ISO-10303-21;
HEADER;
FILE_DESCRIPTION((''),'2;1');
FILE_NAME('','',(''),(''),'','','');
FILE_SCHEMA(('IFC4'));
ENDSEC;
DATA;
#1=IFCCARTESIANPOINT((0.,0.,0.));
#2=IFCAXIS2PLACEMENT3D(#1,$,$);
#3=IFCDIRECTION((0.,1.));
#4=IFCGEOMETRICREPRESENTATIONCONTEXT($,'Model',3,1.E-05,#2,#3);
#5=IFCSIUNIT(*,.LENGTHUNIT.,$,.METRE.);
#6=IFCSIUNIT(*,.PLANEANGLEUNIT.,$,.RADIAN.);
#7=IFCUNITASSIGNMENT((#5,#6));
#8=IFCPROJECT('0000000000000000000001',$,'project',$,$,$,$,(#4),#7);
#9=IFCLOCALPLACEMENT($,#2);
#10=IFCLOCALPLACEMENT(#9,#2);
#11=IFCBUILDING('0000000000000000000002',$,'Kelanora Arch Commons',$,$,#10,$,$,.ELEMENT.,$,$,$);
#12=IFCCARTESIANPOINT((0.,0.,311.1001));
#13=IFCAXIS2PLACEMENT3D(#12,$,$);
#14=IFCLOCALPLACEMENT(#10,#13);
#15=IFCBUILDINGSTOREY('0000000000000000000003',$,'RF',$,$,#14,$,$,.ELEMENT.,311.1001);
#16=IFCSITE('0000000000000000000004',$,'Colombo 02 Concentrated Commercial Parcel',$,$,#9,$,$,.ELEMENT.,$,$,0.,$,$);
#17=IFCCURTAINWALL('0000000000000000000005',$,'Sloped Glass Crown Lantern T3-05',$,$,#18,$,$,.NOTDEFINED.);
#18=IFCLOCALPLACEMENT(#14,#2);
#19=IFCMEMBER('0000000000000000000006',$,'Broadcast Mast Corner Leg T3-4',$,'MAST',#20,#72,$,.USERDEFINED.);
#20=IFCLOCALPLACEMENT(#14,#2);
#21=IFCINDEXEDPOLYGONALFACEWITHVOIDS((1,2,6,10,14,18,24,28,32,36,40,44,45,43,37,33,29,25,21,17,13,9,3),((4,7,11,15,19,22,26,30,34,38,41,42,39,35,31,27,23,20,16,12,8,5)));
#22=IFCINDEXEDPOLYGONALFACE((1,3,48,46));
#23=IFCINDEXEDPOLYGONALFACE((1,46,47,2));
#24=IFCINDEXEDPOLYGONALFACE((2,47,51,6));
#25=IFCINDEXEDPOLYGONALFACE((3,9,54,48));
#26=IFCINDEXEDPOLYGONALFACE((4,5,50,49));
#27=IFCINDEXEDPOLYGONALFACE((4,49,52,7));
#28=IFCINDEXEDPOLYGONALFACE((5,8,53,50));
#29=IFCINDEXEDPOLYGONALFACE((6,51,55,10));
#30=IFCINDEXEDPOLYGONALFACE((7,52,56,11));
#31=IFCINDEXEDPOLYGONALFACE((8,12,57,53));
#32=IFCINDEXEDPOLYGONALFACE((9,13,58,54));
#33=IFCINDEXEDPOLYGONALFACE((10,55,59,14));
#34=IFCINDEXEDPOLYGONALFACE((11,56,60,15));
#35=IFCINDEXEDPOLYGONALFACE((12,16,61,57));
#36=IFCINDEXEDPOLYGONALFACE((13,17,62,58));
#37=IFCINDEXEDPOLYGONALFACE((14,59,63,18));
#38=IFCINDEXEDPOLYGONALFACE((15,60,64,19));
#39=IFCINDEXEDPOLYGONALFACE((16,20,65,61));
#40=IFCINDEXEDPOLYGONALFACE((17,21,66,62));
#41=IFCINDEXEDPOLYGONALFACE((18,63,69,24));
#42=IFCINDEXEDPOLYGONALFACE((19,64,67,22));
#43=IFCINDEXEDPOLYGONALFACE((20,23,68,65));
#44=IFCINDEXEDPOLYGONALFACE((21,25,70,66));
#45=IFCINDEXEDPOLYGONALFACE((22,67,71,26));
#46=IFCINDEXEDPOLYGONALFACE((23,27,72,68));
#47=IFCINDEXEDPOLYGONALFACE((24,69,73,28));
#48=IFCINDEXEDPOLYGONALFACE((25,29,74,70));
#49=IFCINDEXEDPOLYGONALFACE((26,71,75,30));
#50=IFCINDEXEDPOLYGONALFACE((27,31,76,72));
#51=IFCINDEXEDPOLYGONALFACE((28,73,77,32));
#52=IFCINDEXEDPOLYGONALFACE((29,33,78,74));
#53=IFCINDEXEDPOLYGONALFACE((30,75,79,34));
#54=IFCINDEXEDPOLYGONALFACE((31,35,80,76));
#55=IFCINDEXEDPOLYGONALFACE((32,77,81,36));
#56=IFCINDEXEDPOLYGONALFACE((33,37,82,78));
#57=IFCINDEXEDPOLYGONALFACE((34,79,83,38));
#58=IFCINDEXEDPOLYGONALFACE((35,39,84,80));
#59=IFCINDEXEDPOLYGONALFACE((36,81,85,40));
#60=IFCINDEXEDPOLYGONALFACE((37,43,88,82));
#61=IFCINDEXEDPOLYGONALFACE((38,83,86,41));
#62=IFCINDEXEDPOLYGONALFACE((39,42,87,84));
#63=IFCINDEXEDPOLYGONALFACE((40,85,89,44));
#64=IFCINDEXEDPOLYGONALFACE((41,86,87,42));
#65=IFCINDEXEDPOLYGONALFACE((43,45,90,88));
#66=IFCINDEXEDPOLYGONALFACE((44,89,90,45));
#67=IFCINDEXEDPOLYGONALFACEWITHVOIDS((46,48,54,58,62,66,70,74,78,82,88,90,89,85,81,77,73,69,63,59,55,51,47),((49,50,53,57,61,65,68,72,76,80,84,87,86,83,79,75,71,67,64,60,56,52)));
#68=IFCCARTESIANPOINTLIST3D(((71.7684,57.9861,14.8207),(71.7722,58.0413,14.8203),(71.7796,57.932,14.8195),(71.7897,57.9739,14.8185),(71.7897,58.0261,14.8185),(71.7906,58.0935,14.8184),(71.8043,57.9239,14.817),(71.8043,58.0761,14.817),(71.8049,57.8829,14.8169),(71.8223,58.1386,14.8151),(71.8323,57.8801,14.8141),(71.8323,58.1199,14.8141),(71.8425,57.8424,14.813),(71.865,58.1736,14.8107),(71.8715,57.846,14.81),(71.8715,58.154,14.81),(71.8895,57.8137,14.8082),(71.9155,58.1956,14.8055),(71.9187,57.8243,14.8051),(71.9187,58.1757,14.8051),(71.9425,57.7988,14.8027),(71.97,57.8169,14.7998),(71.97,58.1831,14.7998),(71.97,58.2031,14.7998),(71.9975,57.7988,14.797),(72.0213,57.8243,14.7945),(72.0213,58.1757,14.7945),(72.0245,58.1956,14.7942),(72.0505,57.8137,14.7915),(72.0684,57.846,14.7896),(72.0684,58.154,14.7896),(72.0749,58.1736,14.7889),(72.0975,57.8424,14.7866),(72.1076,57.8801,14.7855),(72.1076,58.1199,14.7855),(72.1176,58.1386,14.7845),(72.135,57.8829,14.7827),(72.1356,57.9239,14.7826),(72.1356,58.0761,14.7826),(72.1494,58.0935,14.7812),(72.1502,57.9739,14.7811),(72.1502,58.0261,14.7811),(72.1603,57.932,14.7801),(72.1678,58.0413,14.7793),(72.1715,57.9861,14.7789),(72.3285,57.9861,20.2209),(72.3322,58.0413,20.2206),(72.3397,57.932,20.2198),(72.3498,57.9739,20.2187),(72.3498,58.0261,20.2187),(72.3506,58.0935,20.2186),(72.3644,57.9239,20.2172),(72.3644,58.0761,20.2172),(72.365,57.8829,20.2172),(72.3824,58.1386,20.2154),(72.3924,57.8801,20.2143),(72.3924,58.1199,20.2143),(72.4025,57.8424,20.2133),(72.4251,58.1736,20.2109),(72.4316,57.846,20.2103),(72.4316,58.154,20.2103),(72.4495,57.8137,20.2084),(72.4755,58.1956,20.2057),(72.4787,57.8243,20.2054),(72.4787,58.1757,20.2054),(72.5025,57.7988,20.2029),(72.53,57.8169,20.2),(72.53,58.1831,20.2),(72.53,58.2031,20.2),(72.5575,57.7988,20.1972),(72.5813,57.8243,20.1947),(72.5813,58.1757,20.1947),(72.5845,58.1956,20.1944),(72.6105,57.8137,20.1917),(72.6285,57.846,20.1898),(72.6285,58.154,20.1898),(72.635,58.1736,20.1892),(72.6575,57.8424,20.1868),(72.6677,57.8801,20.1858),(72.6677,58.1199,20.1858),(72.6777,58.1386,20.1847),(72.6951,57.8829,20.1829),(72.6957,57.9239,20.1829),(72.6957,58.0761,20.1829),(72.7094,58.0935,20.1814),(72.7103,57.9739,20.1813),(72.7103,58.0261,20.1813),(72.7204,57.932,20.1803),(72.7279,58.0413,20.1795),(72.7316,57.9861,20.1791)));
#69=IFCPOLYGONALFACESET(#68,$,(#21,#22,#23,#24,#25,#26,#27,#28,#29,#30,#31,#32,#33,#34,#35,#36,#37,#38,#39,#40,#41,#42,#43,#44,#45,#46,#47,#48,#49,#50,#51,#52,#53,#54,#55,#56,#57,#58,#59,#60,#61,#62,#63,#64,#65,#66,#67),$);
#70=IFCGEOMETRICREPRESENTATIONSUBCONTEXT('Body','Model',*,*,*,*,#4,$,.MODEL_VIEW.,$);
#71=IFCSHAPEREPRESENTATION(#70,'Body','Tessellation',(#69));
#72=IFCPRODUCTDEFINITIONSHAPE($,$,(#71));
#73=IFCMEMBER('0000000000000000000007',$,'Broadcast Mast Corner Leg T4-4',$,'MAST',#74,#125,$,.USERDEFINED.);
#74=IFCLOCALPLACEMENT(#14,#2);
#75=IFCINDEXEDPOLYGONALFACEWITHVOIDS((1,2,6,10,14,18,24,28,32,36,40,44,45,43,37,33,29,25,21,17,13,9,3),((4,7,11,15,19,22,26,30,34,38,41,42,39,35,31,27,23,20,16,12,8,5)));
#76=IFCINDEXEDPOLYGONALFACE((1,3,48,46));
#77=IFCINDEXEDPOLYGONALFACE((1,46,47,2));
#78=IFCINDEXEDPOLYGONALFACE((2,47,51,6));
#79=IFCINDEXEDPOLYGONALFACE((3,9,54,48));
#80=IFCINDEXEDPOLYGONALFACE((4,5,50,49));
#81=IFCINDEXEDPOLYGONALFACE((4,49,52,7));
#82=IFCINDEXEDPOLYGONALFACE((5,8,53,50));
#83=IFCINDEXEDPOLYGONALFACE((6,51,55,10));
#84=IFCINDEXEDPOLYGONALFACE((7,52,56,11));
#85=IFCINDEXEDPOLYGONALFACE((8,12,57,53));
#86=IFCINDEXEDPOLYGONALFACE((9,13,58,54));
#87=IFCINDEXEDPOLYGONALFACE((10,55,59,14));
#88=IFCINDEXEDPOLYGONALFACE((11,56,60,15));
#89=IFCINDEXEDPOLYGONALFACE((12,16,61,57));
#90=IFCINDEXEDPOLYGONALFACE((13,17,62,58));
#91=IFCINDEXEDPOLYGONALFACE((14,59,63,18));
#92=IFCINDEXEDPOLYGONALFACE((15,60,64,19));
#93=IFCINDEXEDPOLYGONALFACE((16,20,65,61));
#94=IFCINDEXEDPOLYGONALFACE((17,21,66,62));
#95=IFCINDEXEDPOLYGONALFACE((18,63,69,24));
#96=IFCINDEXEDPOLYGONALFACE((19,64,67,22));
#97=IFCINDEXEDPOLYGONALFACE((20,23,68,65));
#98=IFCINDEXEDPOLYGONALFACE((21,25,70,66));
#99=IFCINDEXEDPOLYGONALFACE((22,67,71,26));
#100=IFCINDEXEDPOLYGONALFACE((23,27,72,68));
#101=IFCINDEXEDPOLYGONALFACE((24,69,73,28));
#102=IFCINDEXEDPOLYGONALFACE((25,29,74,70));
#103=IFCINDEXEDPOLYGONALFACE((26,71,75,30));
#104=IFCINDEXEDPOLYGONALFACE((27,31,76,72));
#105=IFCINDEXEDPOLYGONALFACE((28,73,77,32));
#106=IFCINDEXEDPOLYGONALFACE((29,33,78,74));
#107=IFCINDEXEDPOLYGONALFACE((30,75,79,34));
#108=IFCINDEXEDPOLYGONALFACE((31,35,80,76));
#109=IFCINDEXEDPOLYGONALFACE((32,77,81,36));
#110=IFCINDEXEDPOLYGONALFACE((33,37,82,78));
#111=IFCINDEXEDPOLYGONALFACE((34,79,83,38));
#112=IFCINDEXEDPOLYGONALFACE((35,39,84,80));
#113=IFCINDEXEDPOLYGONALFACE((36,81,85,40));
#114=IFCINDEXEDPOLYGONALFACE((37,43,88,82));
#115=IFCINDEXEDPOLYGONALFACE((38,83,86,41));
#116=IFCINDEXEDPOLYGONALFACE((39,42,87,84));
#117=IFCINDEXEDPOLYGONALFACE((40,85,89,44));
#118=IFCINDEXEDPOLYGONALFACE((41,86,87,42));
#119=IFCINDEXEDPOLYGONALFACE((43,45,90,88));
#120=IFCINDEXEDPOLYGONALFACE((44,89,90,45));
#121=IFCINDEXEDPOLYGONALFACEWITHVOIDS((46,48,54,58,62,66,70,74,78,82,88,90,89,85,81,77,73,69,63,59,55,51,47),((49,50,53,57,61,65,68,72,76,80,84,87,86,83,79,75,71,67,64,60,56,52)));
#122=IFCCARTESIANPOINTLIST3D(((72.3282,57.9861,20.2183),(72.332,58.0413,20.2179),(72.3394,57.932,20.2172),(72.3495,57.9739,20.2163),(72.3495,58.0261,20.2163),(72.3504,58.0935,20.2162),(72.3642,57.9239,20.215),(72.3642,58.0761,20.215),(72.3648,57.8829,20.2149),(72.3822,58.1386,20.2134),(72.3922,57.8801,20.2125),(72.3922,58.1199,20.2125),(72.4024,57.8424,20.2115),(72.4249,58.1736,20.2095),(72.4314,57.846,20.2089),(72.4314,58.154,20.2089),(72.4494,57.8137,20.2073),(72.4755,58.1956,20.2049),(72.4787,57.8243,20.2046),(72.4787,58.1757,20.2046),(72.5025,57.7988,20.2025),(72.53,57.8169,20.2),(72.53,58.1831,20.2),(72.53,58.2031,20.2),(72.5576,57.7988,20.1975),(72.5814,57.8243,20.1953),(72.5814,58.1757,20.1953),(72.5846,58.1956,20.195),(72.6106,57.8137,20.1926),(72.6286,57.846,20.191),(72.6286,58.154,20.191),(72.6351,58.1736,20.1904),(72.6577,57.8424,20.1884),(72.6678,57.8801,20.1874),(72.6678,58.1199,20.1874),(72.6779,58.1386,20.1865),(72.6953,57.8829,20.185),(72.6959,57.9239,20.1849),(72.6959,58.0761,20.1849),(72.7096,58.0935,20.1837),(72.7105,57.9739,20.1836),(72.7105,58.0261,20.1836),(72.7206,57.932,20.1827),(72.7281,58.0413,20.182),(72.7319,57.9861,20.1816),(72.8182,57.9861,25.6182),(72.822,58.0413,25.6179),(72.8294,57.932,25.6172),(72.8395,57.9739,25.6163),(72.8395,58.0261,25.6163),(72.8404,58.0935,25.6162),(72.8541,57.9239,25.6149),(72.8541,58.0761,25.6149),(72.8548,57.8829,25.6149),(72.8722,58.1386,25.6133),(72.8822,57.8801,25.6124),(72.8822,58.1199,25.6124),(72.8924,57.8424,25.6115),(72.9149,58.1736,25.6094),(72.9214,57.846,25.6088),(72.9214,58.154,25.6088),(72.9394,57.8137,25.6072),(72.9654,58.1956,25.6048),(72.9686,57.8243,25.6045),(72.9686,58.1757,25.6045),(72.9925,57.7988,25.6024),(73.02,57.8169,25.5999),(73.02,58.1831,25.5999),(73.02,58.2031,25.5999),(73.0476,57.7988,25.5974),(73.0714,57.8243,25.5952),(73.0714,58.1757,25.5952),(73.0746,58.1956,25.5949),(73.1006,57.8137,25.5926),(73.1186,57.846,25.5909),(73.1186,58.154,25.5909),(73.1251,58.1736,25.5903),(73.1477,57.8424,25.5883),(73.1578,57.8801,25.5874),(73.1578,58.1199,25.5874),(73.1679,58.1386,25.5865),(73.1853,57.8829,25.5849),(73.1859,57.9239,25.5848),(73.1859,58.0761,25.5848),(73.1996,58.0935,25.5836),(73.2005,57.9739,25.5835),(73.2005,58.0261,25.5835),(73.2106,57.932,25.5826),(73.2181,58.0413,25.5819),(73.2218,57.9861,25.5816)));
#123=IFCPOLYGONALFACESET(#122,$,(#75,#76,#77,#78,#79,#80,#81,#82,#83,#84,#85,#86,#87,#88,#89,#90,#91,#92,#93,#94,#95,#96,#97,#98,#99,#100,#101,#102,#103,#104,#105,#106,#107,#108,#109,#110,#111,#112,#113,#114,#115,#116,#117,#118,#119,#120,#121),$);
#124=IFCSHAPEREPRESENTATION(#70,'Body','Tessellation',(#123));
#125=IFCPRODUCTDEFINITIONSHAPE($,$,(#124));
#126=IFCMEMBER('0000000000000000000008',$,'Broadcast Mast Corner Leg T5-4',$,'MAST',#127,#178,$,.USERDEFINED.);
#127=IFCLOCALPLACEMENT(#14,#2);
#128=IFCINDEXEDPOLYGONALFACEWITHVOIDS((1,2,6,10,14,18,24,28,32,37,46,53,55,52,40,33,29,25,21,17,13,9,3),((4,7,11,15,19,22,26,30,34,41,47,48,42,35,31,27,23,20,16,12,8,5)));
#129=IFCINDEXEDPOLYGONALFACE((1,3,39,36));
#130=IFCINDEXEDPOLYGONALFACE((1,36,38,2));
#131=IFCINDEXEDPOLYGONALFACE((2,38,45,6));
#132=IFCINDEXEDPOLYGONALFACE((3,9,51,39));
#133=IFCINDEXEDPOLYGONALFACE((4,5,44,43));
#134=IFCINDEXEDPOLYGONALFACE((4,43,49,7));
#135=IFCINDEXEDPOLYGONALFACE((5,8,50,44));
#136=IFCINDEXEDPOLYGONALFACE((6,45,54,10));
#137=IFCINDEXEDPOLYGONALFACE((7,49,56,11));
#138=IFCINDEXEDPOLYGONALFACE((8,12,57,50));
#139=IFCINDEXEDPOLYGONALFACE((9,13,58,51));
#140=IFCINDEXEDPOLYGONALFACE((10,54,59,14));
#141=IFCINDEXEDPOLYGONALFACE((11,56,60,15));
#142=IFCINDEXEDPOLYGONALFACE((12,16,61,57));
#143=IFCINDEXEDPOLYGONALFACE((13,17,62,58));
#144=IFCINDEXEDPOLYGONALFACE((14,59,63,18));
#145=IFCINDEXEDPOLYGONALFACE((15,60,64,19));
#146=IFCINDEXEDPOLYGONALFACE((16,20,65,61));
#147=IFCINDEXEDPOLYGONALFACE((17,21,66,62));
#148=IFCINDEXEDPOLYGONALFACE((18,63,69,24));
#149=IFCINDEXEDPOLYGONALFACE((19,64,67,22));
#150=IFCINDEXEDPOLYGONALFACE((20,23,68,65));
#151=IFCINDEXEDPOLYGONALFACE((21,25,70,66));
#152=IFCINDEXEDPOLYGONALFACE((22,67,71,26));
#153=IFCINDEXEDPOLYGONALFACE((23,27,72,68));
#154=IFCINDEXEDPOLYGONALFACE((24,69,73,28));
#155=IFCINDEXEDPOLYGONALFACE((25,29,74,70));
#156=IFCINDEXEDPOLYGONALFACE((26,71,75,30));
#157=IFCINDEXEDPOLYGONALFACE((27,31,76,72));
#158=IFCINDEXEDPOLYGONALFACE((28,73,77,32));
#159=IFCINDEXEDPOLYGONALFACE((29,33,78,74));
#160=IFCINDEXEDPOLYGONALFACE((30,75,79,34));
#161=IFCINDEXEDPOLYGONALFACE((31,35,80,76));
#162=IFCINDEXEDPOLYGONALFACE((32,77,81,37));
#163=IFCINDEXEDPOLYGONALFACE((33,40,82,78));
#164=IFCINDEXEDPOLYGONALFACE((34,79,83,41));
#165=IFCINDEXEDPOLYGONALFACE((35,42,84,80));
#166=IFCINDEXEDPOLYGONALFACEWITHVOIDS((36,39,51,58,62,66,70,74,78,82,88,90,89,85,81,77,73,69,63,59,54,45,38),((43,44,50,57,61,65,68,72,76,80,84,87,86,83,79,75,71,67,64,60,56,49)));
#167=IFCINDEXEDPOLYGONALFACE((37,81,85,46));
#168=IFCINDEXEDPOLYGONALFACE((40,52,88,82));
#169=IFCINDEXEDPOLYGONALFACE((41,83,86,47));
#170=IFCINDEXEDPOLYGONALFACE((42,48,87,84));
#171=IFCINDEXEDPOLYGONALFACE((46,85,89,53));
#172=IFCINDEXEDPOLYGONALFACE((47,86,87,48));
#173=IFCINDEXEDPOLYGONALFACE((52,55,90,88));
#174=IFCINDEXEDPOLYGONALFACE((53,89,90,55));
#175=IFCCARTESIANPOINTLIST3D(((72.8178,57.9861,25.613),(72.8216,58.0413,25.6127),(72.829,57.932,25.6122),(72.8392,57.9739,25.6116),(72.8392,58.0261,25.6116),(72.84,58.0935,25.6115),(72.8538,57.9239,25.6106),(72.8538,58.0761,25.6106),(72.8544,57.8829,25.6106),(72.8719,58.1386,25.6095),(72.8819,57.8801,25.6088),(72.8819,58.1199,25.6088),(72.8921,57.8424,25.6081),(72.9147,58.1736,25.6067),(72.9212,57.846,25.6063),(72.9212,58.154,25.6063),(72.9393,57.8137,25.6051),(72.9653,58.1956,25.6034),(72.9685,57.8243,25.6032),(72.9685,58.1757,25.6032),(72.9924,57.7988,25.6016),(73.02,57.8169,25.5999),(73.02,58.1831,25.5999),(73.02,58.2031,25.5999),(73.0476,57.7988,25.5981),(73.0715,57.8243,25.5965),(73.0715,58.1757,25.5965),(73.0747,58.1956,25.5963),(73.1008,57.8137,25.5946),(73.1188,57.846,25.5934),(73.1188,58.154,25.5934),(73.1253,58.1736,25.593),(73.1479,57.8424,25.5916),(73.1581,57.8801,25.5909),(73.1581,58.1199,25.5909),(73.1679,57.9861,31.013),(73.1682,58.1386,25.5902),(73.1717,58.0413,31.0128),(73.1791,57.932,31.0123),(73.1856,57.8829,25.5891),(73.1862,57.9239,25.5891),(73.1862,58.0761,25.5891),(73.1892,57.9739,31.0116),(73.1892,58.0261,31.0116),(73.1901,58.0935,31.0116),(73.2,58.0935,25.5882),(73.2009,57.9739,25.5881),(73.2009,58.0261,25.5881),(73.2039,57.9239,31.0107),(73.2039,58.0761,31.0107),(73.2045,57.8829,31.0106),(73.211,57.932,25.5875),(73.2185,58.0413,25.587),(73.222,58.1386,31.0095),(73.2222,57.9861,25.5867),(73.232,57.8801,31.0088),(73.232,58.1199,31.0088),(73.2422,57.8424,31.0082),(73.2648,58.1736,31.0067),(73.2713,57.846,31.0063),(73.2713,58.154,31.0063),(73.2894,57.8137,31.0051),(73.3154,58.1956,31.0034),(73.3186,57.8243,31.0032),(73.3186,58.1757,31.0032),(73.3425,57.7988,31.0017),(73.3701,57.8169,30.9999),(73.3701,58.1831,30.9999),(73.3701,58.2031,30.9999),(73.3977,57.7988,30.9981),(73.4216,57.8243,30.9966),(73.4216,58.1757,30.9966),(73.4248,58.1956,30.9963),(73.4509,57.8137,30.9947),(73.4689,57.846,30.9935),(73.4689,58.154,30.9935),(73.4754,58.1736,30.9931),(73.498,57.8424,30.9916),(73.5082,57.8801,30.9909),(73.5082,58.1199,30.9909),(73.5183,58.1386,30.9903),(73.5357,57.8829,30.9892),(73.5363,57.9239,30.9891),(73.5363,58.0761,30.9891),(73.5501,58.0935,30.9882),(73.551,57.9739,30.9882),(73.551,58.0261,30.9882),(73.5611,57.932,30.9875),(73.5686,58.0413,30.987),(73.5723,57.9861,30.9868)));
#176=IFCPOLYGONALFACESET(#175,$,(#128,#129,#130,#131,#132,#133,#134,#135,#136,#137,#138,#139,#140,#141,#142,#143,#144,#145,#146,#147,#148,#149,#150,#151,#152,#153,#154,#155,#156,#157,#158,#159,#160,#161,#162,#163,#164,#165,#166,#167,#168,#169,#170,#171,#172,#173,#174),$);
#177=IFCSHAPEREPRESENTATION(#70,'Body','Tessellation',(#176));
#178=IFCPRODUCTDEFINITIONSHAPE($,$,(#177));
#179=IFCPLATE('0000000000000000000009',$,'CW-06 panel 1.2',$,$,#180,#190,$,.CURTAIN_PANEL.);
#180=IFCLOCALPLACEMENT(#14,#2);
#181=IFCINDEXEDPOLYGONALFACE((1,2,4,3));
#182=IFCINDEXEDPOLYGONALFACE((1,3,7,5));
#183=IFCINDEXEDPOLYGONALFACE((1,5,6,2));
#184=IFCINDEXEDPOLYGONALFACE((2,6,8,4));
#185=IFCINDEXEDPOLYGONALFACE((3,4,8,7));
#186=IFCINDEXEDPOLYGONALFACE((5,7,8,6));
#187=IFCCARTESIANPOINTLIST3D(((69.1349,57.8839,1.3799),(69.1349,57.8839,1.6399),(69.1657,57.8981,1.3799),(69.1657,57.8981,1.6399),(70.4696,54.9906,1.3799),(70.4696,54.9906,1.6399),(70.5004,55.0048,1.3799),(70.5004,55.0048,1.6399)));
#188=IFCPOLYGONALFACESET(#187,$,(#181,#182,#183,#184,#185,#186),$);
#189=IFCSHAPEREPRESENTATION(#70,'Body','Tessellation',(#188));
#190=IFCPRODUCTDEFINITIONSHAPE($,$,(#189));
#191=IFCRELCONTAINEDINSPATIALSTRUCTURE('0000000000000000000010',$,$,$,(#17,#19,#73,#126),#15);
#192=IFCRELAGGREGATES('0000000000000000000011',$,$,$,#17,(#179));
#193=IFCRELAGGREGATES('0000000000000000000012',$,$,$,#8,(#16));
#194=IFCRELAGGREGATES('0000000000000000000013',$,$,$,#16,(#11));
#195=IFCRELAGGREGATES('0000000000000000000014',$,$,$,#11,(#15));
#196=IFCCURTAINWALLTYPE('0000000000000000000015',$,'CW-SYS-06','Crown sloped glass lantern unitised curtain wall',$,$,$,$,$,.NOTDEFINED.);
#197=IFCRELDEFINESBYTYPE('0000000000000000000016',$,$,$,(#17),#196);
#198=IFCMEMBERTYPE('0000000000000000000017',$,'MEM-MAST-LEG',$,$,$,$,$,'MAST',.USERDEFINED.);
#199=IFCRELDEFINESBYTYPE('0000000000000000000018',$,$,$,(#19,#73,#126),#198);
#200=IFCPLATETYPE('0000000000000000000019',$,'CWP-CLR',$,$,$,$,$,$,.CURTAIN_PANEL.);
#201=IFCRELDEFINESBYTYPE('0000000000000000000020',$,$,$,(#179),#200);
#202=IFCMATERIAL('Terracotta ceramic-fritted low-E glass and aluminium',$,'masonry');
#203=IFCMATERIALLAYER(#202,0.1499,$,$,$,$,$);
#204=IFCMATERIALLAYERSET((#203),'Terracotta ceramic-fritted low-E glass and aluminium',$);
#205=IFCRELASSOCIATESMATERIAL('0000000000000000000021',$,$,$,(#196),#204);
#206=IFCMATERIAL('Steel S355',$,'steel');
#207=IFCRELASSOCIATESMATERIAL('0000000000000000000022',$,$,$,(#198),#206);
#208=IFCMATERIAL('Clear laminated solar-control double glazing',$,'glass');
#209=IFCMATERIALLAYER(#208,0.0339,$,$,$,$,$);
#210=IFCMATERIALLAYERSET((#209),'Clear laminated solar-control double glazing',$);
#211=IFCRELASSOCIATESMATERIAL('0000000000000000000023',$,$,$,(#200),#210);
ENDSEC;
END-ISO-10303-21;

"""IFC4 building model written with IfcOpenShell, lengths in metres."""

from ifc_helpers import new_model, si_unit, direction, frame, origin, origin_2d, place, context, subcontext, project, spatial, rectangle, hollow_circle, extrude, source, transform, mapped, material, layer, layer_set, material_profile, profile_set, type_object, element, aggregate, save


model = new_model("IFC4")

# Units and contexts
model_context = context("Model", 3, precision=1e-05, world=origin(), true_north=direction((0.0, 1.0)))
body_context = subcontext(model_context, "Body", "Model", "MODEL_VIEW")
ifc_project = project(units=[si_unit("LENGTHUNIT", "METRE"), si_unit("PLANEANGLEUNIT", "RADIAN")], contexts=[model_context])

# Site, building, storey
site_placement = place(None, origin())
site = spatial("IfcSite", under=ifc_project, at=site_placement, Name="Colombo 02 Concentrated Commercial Parcel", CompositionType="ELEMENT", RefElevation=0.0)
building_placement = place(site_placement, origin())
building = spatial("IfcBuilding", under=site, at=building_placement, Name="Kelanora Arch Commons", CompositionType="ELEMENT")
storey_placement = place(building_placement, frame((0.0, 0.0, 311.1001)))
storey = spatial("IfcBuildingStorey", under=building, at=storey_placement, Name="RF", CompositionType="ELEMENT", Elevation=311.1001)

# Shared definitions
ifc_material_1 = material(Name="Terracotta ceramic-fritted low-E glass and aluminium", Category="masonry")
ifc_layer_1 = layer(ifc_material_1, 0.1499)
ifc_layer_set_1 = layer_set([ifc_layer_1], Name="Terracotta ceramic-fritted low-E glass and aluminium")
curtain_wall_type = type_object("IfcCurtainWallType", Name="CW-SYS-06", Description="Crown sloped glass lantern unitised curtain wall", PredefinedType="NOTDEFINED", material=ifc_layer_set_1)

# Curtain wall
curtain_wall_1_placement = place(storey_placement, origin())
curtain_wall_1 = element("IfcCurtainWall", 1, at=curtain_wall_1_placement, inside=storey, type_object=curtain_wall_type, Name="Sloped Glass Crown Lantern T3-05", PredefinedType="NOTDEFINED")

# Members
ifc_material_2 = material(Name="Steel S355", Category="steel")
ifc_material_profile_1 = material_profile(ifc_material_2, hollow_circle(Radius=0.2031, WallThickness=0.02, at=origin_2d()), Name="CHS406.4x20")
ifc_profile_set_1 = profile_set([ifc_material_profile_1], Name="Steel S355")
member_type_1 = type_object("IfcMemberType", Name="MEM-MAST-LEG", ElementType="MAST", PredefinedType="USERDEFINED", material=ifc_profile_set_1)
member_1_placement = place(storey_placement, frame((71.97, 58.0, 14.7998), z_axis=(0.103158, 0.0, 0.994665), x_axis=(0.0, 1.0, 0.0)))
element("IfcMember", 2, at=member_1_placement, inside=storey, type_object=member_type_1, Name="Broadcast Mast Corner Leg T3-4", ObjectType="MAST", PredefinedType="USERDEFINED", context=body_context, shape_type="SweptSolid", body=[
    extrude(hollow_circle(Radius=0.2031, WallThickness=0.02, at=origin_2d()), origin(), (0.0, 0.0, 1.0), 5.4292),
])
member_2_placement = place(storey_placement, frame((72.53, 58.0, 20.2), z_axis=(0.090369, 0.0, 0.995908), x_axis=(0.0, 1.0, 0.0)))
element("IfcMember", 3, at=member_2_placement, inside=storey, type_object=member_type_1, Name="Broadcast Mast Corner Leg T4-4", ObjectType="MAST", PredefinedType="USERDEFINED", context=body_context, shape_type="SweptSolid", body=[
    extrude(hollow_circle(Radius=0.2031, WallThickness=0.02, at=origin_2d()), origin(), (0.0, 0.0, 1.0), 5.4221),
])
member_3_placement = place(storey_placement, frame((73.02, 58.0, 25.5999), z_axis=(0.064695, 0.0, 0.997905), x_axis=(0.0, 1.0, 0.0)))
element("IfcMember", 4, at=member_3_placement, inside=storey, type_object=member_type_1, Name="Broadcast Mast Corner Leg T5-4", ObjectType="MAST", PredefinedType="USERDEFINED", context=body_context, shape_type="SweptSolid", body=[
    extrude(hollow_circle(Radius=0.2031, WallThickness=0.02, at=origin_2d()), origin(), (0.0, 0.0, 1.0), 5.4114),
])

# Plate
ifc_material_3 = material(Name="Clear laminated solar-control double glazing", Category="glass")
ifc_layer_2 = layer(ifc_material_3, 0.0339)
ifc_layer_set_2 = layer_set([ifc_layer_2], Name="Clear laminated solar-control double glazing")
plate_type = type_object("IfcPlateType", Name="CWP-CLR", PredefinedType="CURTAIN_PANEL", material=ifc_layer_set_2)
shared_shape_1 = source(origin(), body_context, "Body", "SweptSolid", [
    extrude(rectangle(XDim=3.1863, YDim=0.0339, at=origin_2d()), origin(), (0.0, 0.0, 1.0), 0.26),
])
plate_1_placement = place(storey_placement, frame((69.8176, 56.4443, 1.3799), z_axis=(0.0, 0.0, 1.0), x_axis=(0.418889, -0.908037, 0.0)))
plate_1 = element("IfcPlate", 5, at=plate_1_placement, type_object=plate_type, Name="CW-06 panel 1.2", PredefinedType="CURTAIN_PANEL", context=body_context, shape_type="MappedRepresentation", body=[
    mapped(shared_shape_1, transform((0.0, 0.0, 0.0), scale=1.0)),
])
aggregate(curtain_wall_1, [plate_1])

save(model, "model.ifc")
